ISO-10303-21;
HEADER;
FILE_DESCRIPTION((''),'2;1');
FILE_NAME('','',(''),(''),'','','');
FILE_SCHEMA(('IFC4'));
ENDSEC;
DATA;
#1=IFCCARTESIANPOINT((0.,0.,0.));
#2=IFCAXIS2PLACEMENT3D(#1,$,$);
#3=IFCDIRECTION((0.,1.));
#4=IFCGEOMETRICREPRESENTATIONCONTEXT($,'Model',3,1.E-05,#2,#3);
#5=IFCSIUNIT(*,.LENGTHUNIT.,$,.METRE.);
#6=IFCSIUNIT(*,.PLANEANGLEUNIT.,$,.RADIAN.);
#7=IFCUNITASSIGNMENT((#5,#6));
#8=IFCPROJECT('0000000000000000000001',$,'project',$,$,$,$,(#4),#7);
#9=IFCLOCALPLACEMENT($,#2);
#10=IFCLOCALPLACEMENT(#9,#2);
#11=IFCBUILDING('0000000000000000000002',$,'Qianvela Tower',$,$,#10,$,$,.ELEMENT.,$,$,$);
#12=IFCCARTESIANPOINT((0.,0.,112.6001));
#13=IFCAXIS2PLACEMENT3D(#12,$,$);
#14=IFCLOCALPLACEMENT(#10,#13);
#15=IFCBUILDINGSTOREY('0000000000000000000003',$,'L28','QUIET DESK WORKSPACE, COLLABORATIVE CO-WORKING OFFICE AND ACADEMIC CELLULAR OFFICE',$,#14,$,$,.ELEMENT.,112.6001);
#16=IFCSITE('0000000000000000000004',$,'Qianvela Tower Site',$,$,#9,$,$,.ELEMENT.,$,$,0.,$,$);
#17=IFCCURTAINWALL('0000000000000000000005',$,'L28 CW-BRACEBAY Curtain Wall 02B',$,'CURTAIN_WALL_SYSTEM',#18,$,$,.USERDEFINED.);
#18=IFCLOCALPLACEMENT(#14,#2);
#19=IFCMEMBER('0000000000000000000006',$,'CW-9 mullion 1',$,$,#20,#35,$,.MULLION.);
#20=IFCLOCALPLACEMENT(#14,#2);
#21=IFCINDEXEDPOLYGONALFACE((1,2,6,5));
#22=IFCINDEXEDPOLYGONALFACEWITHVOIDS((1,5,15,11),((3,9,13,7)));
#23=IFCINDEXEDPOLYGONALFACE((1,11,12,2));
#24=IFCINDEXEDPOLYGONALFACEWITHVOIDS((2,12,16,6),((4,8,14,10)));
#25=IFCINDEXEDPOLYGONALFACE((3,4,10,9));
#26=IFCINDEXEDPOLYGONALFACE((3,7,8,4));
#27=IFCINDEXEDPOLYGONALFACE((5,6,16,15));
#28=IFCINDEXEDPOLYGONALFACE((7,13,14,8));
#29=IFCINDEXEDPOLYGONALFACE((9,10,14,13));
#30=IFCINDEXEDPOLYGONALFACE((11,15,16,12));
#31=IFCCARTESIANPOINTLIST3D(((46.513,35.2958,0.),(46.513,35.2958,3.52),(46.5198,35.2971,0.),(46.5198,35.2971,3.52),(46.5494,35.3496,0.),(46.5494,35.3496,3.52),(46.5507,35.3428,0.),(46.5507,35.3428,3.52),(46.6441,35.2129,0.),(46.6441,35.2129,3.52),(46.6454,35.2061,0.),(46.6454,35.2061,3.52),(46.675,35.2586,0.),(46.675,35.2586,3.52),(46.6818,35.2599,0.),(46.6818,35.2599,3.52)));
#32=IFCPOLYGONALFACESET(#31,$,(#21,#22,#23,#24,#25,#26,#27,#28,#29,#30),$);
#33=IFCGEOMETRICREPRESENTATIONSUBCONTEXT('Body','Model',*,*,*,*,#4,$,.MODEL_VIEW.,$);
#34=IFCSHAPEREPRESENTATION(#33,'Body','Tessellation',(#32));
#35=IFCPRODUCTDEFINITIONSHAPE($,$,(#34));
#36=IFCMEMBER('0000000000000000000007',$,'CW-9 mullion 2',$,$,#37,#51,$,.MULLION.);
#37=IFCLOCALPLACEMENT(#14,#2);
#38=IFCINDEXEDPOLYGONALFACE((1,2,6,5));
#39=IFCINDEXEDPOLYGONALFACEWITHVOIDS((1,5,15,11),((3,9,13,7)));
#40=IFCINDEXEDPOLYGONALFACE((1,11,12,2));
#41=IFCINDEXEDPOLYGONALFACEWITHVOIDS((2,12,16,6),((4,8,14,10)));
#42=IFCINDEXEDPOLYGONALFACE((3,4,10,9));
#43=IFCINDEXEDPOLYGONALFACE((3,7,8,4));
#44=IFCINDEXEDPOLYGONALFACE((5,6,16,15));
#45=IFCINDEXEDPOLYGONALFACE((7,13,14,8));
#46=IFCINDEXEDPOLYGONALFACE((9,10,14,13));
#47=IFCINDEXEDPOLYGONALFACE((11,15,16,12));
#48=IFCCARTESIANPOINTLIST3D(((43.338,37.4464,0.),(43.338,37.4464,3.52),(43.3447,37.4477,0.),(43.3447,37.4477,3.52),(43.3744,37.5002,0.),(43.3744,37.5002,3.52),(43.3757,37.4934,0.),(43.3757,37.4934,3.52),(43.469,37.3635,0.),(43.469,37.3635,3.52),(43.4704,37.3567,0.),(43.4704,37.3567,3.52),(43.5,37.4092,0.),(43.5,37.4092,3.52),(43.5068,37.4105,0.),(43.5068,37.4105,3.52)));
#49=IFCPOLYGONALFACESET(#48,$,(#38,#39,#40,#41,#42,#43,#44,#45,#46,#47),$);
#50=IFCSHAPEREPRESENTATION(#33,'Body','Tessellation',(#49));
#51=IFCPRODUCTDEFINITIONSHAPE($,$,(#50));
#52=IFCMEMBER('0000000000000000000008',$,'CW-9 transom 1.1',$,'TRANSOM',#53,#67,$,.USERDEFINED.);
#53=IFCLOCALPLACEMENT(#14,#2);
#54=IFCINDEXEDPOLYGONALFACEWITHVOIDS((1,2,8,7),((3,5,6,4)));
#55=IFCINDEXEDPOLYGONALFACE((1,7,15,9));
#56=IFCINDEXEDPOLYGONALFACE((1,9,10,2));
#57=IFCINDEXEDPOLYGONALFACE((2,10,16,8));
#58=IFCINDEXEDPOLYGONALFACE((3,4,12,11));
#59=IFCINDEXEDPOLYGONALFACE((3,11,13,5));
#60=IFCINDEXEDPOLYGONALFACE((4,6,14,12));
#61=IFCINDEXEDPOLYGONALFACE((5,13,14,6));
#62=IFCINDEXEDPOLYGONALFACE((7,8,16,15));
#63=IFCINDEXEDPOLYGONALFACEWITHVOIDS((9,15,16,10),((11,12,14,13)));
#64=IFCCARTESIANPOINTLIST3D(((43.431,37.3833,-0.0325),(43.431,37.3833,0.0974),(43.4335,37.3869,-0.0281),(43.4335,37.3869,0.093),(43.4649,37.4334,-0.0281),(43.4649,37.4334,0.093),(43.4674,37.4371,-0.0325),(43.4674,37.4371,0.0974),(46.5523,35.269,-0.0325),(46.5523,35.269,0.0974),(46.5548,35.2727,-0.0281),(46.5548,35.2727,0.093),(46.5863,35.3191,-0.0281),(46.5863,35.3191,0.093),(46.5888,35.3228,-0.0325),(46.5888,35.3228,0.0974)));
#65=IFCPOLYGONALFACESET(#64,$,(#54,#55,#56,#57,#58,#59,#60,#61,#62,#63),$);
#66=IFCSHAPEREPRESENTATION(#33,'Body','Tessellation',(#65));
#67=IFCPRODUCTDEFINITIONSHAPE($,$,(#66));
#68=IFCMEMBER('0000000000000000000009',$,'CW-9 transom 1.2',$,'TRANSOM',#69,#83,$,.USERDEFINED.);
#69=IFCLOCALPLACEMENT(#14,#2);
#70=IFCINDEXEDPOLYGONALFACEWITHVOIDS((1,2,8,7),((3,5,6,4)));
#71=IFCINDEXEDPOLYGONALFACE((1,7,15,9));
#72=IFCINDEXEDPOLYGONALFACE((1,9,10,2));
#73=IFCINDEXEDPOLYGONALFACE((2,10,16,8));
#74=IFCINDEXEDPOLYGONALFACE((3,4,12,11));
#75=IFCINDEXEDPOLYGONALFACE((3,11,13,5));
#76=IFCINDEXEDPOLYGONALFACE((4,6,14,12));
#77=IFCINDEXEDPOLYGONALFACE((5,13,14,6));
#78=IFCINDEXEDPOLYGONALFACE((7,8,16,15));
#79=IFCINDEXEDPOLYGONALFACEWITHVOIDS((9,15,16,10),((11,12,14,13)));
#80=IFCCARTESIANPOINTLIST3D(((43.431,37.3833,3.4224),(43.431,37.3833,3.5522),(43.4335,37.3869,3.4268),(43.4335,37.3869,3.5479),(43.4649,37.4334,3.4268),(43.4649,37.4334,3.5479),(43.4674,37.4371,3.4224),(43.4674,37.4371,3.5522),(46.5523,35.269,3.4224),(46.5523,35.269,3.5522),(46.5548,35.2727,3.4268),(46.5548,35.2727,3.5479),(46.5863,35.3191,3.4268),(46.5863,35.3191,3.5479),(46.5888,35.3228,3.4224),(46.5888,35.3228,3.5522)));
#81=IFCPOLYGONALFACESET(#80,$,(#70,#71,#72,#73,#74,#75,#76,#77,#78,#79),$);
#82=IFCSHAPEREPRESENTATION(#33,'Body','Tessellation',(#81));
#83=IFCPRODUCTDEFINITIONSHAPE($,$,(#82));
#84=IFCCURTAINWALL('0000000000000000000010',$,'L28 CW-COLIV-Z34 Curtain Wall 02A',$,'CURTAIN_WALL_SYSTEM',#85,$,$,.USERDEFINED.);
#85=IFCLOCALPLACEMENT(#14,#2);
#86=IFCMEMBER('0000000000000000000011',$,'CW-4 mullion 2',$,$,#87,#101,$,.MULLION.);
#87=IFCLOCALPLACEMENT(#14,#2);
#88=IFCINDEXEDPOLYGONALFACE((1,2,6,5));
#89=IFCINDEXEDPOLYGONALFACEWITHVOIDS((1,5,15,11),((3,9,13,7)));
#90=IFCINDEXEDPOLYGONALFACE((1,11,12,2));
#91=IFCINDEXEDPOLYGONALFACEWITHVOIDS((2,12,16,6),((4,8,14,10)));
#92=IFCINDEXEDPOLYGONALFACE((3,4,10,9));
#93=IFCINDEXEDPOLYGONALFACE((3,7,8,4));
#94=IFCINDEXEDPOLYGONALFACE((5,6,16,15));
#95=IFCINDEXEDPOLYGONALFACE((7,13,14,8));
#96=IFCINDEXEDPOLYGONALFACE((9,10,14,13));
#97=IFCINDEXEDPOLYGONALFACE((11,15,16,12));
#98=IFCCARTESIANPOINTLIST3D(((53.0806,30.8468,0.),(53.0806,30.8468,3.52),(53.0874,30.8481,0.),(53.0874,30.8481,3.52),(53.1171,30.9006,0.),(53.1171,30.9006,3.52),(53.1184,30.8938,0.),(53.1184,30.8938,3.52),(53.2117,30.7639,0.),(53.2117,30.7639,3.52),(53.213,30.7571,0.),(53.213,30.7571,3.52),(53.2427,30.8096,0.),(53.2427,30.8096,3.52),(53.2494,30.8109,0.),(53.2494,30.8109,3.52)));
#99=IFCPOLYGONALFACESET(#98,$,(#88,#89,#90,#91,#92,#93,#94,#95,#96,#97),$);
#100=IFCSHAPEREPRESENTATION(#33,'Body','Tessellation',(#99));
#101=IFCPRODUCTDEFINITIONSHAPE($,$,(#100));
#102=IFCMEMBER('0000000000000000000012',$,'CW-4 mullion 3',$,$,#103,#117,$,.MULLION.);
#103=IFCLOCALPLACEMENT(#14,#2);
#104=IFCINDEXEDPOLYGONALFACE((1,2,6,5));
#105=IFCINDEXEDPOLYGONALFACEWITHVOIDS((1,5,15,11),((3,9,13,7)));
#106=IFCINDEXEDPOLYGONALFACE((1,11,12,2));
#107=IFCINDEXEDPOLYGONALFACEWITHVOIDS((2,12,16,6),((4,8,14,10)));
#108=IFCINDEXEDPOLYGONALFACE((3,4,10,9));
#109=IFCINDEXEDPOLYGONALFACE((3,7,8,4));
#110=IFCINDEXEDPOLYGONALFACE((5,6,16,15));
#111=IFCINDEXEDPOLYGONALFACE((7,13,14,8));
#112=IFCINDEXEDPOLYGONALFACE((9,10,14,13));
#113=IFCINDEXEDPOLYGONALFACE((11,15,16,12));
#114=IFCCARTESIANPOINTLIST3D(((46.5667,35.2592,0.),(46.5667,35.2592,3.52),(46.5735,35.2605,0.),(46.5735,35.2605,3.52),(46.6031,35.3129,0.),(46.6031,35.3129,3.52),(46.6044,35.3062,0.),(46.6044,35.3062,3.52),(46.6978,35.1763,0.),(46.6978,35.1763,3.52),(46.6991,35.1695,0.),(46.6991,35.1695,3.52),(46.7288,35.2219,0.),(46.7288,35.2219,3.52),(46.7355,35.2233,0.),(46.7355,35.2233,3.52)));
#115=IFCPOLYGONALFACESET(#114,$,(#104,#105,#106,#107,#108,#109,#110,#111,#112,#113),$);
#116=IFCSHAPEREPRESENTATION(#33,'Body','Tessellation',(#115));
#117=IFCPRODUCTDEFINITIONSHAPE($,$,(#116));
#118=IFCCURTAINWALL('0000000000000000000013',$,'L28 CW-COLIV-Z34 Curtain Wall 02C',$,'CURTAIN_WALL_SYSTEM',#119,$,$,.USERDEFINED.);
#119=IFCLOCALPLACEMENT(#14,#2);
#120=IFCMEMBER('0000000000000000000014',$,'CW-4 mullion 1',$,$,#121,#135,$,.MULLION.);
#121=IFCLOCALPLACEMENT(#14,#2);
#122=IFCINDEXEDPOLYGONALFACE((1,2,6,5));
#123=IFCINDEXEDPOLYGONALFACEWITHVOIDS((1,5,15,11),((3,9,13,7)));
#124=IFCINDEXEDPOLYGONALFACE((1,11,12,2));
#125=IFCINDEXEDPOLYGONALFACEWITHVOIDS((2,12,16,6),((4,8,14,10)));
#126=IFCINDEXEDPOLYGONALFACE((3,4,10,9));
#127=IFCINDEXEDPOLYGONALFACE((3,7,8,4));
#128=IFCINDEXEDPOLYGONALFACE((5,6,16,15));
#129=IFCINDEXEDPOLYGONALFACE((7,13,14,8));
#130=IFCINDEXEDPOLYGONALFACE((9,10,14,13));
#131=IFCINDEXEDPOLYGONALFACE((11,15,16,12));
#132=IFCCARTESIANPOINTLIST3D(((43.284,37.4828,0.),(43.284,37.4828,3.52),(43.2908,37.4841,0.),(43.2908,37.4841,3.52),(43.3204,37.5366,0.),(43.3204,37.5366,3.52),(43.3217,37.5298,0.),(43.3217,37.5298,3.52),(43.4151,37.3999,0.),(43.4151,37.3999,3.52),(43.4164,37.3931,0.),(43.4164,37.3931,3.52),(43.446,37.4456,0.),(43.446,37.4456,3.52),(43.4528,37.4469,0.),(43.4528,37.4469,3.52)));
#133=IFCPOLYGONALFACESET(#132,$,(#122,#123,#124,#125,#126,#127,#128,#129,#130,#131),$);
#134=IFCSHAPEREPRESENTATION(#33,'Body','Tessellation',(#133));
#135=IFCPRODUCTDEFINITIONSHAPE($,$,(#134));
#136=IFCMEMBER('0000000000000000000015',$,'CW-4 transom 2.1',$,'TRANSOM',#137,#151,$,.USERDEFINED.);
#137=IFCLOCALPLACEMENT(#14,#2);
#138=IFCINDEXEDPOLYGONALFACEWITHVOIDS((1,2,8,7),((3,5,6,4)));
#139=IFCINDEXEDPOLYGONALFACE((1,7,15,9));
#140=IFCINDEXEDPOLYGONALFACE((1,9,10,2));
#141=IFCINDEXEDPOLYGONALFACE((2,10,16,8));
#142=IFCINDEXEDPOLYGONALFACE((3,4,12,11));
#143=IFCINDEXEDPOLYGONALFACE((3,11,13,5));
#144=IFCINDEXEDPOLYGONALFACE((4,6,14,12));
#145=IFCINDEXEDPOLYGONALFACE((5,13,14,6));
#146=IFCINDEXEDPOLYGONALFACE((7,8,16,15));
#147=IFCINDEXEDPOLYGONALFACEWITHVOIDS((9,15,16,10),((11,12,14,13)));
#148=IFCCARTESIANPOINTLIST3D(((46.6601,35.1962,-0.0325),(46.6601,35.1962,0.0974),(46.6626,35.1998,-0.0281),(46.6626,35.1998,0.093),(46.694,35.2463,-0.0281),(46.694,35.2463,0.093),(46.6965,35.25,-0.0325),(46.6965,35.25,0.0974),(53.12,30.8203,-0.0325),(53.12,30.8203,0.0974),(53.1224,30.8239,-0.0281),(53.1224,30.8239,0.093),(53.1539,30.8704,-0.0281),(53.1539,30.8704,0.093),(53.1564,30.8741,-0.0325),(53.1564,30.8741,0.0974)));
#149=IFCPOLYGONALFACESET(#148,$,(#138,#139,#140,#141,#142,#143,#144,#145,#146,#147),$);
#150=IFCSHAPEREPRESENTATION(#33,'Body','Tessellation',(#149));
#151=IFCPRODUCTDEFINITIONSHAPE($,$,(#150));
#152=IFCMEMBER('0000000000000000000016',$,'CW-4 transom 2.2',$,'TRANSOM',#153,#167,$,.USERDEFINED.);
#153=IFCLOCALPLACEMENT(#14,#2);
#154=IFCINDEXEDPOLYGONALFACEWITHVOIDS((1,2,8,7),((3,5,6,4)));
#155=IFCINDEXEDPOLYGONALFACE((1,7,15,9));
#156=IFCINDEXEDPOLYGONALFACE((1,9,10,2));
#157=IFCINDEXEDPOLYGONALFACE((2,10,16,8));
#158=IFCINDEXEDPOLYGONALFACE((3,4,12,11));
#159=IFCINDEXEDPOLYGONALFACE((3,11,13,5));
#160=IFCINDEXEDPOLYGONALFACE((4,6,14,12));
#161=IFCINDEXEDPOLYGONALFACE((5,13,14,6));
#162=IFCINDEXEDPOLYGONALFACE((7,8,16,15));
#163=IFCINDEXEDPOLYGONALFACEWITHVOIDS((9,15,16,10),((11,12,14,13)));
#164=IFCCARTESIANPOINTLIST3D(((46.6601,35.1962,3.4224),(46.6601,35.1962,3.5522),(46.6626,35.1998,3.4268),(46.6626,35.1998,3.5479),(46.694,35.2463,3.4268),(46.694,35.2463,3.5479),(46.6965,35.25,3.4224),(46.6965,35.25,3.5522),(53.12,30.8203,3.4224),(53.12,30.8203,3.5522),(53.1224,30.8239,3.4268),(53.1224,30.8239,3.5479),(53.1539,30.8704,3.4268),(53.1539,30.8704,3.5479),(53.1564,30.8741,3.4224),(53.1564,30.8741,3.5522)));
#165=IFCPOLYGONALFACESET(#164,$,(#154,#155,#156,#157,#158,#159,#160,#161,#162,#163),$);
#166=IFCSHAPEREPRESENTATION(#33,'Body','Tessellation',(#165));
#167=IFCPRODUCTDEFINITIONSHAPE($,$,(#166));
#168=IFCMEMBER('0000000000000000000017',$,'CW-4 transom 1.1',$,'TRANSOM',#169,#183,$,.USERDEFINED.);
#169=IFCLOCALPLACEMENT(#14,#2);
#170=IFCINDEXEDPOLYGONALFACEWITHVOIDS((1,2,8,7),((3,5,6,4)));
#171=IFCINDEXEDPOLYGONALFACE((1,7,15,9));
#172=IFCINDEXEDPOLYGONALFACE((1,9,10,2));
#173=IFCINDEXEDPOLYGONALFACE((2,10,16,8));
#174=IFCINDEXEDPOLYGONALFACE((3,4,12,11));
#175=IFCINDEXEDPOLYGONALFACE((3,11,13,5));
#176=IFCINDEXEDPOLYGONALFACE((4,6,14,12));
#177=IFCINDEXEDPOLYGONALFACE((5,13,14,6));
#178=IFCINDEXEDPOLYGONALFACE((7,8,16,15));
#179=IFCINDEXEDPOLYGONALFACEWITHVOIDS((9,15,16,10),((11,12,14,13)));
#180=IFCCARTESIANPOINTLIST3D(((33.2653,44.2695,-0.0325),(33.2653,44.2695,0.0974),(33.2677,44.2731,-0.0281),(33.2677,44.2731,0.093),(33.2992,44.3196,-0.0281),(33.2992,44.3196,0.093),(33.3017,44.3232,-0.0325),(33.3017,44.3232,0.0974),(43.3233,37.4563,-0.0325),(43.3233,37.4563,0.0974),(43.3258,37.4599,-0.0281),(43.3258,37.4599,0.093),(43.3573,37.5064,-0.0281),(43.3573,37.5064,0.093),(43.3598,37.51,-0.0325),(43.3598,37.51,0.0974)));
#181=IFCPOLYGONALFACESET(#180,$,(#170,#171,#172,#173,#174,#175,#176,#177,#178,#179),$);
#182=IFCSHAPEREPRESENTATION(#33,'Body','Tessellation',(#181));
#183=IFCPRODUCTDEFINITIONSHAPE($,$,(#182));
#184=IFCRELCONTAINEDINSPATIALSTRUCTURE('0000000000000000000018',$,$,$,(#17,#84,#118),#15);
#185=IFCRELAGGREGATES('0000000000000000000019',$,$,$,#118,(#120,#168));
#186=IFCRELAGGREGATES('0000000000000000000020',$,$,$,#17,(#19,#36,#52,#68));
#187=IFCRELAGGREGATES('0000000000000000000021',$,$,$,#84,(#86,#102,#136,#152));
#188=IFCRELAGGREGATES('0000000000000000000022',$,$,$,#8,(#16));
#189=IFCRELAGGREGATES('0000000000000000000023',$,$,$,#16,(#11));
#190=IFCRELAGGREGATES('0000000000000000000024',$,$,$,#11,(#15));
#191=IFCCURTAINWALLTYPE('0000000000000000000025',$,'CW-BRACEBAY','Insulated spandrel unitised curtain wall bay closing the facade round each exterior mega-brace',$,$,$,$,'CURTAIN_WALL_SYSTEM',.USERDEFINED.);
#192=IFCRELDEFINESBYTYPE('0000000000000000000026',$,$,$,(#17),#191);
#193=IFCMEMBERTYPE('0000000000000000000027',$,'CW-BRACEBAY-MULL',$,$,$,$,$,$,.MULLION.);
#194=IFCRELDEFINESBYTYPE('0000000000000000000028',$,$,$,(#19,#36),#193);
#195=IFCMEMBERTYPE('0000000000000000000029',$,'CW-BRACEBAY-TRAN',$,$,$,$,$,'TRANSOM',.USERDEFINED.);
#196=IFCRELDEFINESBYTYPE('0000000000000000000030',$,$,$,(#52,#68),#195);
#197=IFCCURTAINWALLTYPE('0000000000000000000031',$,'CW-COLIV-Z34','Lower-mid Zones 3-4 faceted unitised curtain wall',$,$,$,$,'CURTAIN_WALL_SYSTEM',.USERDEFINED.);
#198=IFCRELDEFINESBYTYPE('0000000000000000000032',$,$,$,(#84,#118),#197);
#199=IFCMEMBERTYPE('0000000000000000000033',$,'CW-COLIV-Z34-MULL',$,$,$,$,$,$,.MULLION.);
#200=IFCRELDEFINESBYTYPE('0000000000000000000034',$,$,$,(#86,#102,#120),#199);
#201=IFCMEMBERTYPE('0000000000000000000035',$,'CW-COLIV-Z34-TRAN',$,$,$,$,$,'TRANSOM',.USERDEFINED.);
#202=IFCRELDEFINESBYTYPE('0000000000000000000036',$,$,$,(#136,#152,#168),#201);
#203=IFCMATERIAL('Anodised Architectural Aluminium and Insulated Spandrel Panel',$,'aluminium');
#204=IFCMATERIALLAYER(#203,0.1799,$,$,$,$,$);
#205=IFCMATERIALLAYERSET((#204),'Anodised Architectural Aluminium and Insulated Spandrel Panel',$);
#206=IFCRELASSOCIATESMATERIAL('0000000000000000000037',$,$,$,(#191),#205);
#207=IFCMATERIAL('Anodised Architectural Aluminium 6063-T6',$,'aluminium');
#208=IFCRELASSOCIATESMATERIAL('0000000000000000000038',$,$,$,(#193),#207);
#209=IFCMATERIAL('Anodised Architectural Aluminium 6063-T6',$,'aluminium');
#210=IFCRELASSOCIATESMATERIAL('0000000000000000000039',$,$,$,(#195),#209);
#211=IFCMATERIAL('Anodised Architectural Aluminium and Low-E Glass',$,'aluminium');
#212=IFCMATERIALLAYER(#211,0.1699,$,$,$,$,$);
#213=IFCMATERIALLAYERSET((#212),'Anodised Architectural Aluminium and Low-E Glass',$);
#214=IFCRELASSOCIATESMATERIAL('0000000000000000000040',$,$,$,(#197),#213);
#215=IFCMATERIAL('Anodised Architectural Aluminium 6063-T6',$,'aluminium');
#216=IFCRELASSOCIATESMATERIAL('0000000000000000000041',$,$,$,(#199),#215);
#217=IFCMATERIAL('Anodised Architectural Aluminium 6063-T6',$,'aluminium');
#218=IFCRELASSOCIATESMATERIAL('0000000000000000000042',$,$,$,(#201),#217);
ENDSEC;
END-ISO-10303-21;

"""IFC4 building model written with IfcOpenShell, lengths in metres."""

from ifc_helpers import new_model, si_unit, direction, frame, origin, origin_2d, place, context, subcontext, project, spatial, hollow_rectangle, extrude, material, layer, layer_set, material_profile, profile_set, type_object, element, aggregate, save


model = new_model("IFC4")

# Units and contexts
model_context = context("Model", 3, precision=1e-05, world=origin(), true_north=direction((0.0, 1.0)))
body_context = subcontext(model_context, "Body", "Model", "MODEL_VIEW")
ifc_project = project(units=[si_unit("LENGTHUNIT", "METRE"), si_unit("PLANEANGLEUNIT", "RADIAN")], contexts=[model_context])

# Site, building, storey
site_placement = place(None, origin())
site = spatial("IfcSite", under=ifc_project, at=site_placement, Name="Qianvela Tower Site", CompositionType="ELEMENT", RefElevation=0.0)
building_placement = place(site_placement, origin())
building = spatial("IfcBuilding", under=site, at=building_placement, Name="Qianvela Tower", CompositionType="ELEMENT")
storey_placement = place(building_placement, frame((0.0, 0.0, 112.6001)))
storey = spatial("IfcBuildingStorey", under=building, at=storey_placement, Name="L28", Description="QUIET DESK WORKSPACE, COLLABORATIVE CO-WORKING OFFICE AND ACADEMIC CELLULAR OFFICE", CompositionType="ELEMENT", Elevation=112.6001)

# Curtain walls, members
ifc_material_1 = material(Name="Anodised Architectural Aluminium and Insulated Spandrel Panel", Category="aluminium")
ifc_layer_1 = layer(ifc_material_1, 0.1799)
ifc_layer_set_1 = layer_set([ifc_layer_1], Name="Anodised Architectural Aluminium and Insulated Spandrel Panel")
curtain_wall_type_1 = type_object("IfcCurtainWallType", Name="CW-BRACEBAY", Description="Insulated spandrel unitised curtain wall bay closing the facade round each exterior mega-brace", ElementType="CURTAIN_WALL_SYSTEM", PredefinedType="USERDEFINED", material=ifc_layer_set_1)
curtain_wall_1_placement = place(storey_placement, origin())
curtain_wall_1 = element("IfcCurtainWall", 1, at=curtain_wall_1_placement, inside=storey, type_object=curtain_wall_type_1, Name="L28 CW-BRACEBAY Curtain Wall 02B", ObjectType="CURTAIN_WALL_SYSTEM", PredefinedType="USERDEFINED")
ifc_material_2 = material(Name="Anodised Architectural Aluminium 6063-T6", Category="aluminium")
ifc_material_profile_1 = material_profile(ifc_material_2, hollow_rectangle(XDim=0.0649, YDim=0.1599, WallThickness=0.0049, at=origin_2d()), Name="ALU-MULL-65x160")
ifc_profile_set_1 = profile_set([ifc_material_profile_1], Name="Anodised Architectural Aluminium 6063-T6")
member_type_1 = type_object("IfcMemberType", Name="CW-BRACEBAY-MULL", PredefinedType="MULLION", material=ifc_profile_set_1)
member_1_placement = place(storey_placement, frame((46.5974, 35.2778, 0.0), z_axis=(0.0, 0.0, 1.0), x_axis=(-0.560827, -0.827933, 0.0)))
member_1 = element("IfcMember", 2, at=member_1_placement, type_object=member_type_1, Name="CW-9 mullion 1", PredefinedType="MULLION", context=body_context, shape_type="SweptSolid", body=[
    extrude(hollow_rectangle(XDim=0.0649, YDim=0.1599, WallThickness=0.0049, at=origin_2d()), origin(), (0.0, 0.0, 1.0), 3.52),
])
member_2_placement = place(storey_placement, frame((43.4224, 37.4285, 0.0), z_axis=(0.0, 0.0, 1.0), x_axis=(-0.560827, -0.827933, 0.0)))
member_2 = element("IfcMember", 3, at=member_2_placement, type_object=member_type_1, Name="CW-9 mullion 2", PredefinedType="MULLION", context=body_context, shape_type="SweptSolid", body=[
    extrude(hollow_rectangle(XDim=0.0649, YDim=0.1599, WallThickness=0.0049, at=origin_2d()), origin(), (0.0, 0.0, 1.0), 3.52),
])
ifc_material_3 = material(Name="Anodised Architectural Aluminium 6063-T6", Category="aluminium")
ifc_material_profile_2 = material_profile(ifc_material_3, hollow_rectangle(XDim=0.0649, YDim=0.1299, WallThickness=0.0044, at=origin_2d()), Name="ALU-TRAN-65x130")
ifc_profile_set_2 = profile_set([ifc_material_profile_2], Name="Anodised Architectural Aluminium 6063-T6")
member_type_2 = type_object("IfcMemberType", Name="CW-BRACEBAY-TRAN", ElementType="TRANSOM", PredefinedType="USERDEFINED", material=ifc_profile_set_2)
member_3_placement = place(storey_placement, frame((46.5706, 35.2959, 0.0325), z_axis=(-0.827943, 0.560812, 0.0), x_axis=(-0.560812, -0.827943, 0.0)))
member_3 = element("IfcMember", 4, at=member_3_placement, type_object=member_type_2, Name="CW-9 transom 1.1", ObjectType="TRANSOM", PredefinedType="USERDEFINED", context=body_context, shape_type="SweptSolid", body=[
    extrude(hollow_rectangle(XDim=0.0649, YDim=0.1299, WallThickness=0.0044, at=origin_2d()), origin(), (0.0, 0.0, 1.0), 3.77),
])
member_4_placement = place(storey_placement, frame((46.5706, 35.2959, 3.4873), z_axis=(-0.827943, 0.560812, 0.0), x_axis=(-0.560812, -0.827943, 0.0)))
member_4 = element("IfcMember", 5, at=member_4_placement, type_object=member_type_2, Name="CW-9 transom 1.2", ObjectType="TRANSOM", PredefinedType="USERDEFINED", context=body_context, shape_type="SweptSolid", body=[
    extrude(hollow_rectangle(XDim=0.0649, YDim=0.1299, WallThickness=0.0044, at=origin_2d()), origin(), (0.0, 0.0, 1.0), 3.77),
])
ifc_material_4 = material(Name="Anodised Architectural Aluminium and Low-E Glass", Category="aluminium")
ifc_layer_2 = layer(ifc_material_4, 0.1699)
ifc_layer_set_2 = layer_set([ifc_layer_2], Name="Anodised Architectural Aluminium and Low-E Glass")
curtain_wall_type_2 = type_object("IfcCurtainWallType", Name="CW-COLIV-Z34", Description="Lower-mid Zones 3-4 faceted unitised curtain wall", ElementType="CURTAIN_WALL_SYSTEM", PredefinedType="USERDEFINED", material=ifc_layer_set_2)
curtain_wall_2_placement = place(storey_placement, origin())
curtain_wall_2 = element("IfcCurtainWall", 6, at=curtain_wall_2_placement, inside=storey, type_object=curtain_wall_type_2, Name="L28 CW-COLIV-Z34 Curtain Wall 02A", ObjectType="CURTAIN_WALL_SYSTEM", PredefinedType="USERDEFINED")
ifc_material_5 = material(Name="Anodised Architectural Aluminium 6063-T6", Category="aluminium")
ifc_material_profile_3 = material_profile(ifc_material_5, hollow_rectangle(XDim=0.0649, YDim=0.1599, WallThickness=0.0049, at=origin_2d()), Name="ALU-MULL-65x160")
ifc_profile_set_3 = profile_set([ifc_material_profile_3], Name="Anodised Architectural Aluminium 6063-T6")
member_type_3 = type_object("IfcMemberType", Name="CW-COLIV-Z34-MULL", PredefinedType="MULLION", material=ifc_profile_set_3)
member_5_placement = place(storey_placement, frame((53.165, 30.8289, 0.0), z_axis=(0.0, 0.0, 1.0), x_axis=(-0.560827, -0.827933, 0.0)))
member_5 = element("IfcMember", 7, at=member_5_placement, type_object=member_type_3, Name="CW-4 mullion 2", PredefinedType="MULLION", context=body_context, shape_type="SweptSolid", body=[
    extrude(hollow_rectangle(XDim=0.0649, YDim=0.1599, WallThickness=0.0049, at=origin_2d()), origin(), (0.0, 0.0, 1.0), 3.52),
])
member_6_placement = place(storey_placement, frame((46.6511, 35.2412, 0.0), z_axis=(0.0, 0.0, 1.0), x_axis=(-0.560827, -0.827933, 0.0)))
member_6 = element("IfcMember", 8, at=member_6_placement, type_object=member_type_3, Name="CW-4 mullion 3", PredefinedType="MULLION", context=body_context, shape_type="SweptSolid", body=[
    extrude(hollow_rectangle(XDim=0.0649, YDim=0.1599, WallThickness=0.0049, at=origin_2d()), origin(), (0.0, 0.0, 1.0), 3.52),
])

# Curtain wall, member
curtain_wall_3_placement = place(storey_placement, origin())
curtain_wall_3 = element("IfcCurtainWall", 9, at=curtain_wall_3_placement, inside=storey, type_object=curtain_wall_type_2, Name="L28 CW-COLIV-Z34 Curtain Wall 02C", ObjectType="CURTAIN_WALL_SYSTEM", PredefinedType="USERDEFINED")
member_7_placement = place(storey_placement, frame((43.3684, 37.4648, 0.0), z_axis=(0.0, 0.0, 1.0), x_axis=(-0.560825, -0.827934, 0.0)))
member_7 = element("IfcMember", 10, at=member_7_placement, type_object=member_type_3, Name="CW-4 mullion 1", PredefinedType="MULLION", context=body_context, shape_type="SweptSolid", body=[
    extrude(hollow_rectangle(XDim=0.0649, YDim=0.1599, WallThickness=0.0049, at=origin_2d()), origin(), (0.0, 0.0, 1.0), 3.52),
])

# Members
ifc_material_6 = material(Name="Anodised Architectural Aluminium 6063-T6", Category="aluminium")
ifc_material_profile_4 = material_profile(ifc_material_6, hollow_rectangle(XDim=0.0649, YDim=0.1299, WallThickness=0.0044, at=origin_2d()), Name="ALU-TRAN-65x130")
ifc_profile_set_4 = profile_set([ifc_material_profile_4], Name="Anodised Architectural Aluminium 6063-T6")
member_type_4 = type_object("IfcMemberType", Name="CW-COLIV-Z34-TRAN", ElementType="TRANSOM", PredefinedType="USERDEFINED", material=ifc_profile_set_4)
member_8_placement = place(storey_placement, frame((53.1382, 30.8472, 0.0325), z_axis=(-0.827926, 0.560837, 0.0), x_axis=(-0.560837, -0.827926, 0.0)))
member_8 = element("IfcMember", 11, at=member_8_placement, type_object=member_type_4, Name="CW-4 transom 2.1", ObjectType="TRANSOM", PredefinedType="USERDEFINED", context=body_context, shape_type="SweptSolid", body=[
    extrude(hollow_rectangle(XDim=0.0649, YDim=0.1299, WallThickness=0.0044, at=origin_2d()), origin(), (0.0, 0.0, 1.0), 7.8025),
])
member_9_placement = place(storey_placement, frame((53.1382, 30.8472, 3.4873), z_axis=(-0.827926, 0.560837, 0.0), x_axis=(-0.560837, -0.827926, 0.0)))
member_9 = element("IfcMember", 12, at=member_9_placement, type_object=member_type_4, Name="CW-4 transom 2.2", ObjectType="TRANSOM", PredefinedType="USERDEFINED", context=body_context, shape_type="SweptSolid", body=[
    extrude(hollow_rectangle(XDim=0.0649, YDim=0.1299, WallThickness=0.0044, at=origin_2d()), origin(), (0.0, 0.0, 1.0), 7.8025),
])
member_10_placement = place(storey_placement, frame((43.3416, 37.4832, 0.0325), z_axis=(-0.827931, 0.56083, 0.0), x_axis=(-0.56083, -0.827931, 0.0)))
member_10 = element("IfcMember", 13, at=member_10_placement, type_object=member_type_4, Name="CW-4 transom 1.1", ObjectType="TRANSOM", PredefinedType="USERDEFINED", context=body_context, shape_type="SweptSolid", body=[
    extrude(hollow_rectangle(XDim=0.0649, YDim=0.1299, WallThickness=0.0044, at=origin_2d()), origin(), (0.0, 0.0, 1.0), 12.1484),
])
aggregate(curtain_wall_3, [member_7, member_10])

aggregate(curtain_wall_1, [member_1, member_2, member_3, member_4])
aggregate(curtain_wall_2, [member_5, member_6, member_8, member_9])

save(model, "model.ifc")
